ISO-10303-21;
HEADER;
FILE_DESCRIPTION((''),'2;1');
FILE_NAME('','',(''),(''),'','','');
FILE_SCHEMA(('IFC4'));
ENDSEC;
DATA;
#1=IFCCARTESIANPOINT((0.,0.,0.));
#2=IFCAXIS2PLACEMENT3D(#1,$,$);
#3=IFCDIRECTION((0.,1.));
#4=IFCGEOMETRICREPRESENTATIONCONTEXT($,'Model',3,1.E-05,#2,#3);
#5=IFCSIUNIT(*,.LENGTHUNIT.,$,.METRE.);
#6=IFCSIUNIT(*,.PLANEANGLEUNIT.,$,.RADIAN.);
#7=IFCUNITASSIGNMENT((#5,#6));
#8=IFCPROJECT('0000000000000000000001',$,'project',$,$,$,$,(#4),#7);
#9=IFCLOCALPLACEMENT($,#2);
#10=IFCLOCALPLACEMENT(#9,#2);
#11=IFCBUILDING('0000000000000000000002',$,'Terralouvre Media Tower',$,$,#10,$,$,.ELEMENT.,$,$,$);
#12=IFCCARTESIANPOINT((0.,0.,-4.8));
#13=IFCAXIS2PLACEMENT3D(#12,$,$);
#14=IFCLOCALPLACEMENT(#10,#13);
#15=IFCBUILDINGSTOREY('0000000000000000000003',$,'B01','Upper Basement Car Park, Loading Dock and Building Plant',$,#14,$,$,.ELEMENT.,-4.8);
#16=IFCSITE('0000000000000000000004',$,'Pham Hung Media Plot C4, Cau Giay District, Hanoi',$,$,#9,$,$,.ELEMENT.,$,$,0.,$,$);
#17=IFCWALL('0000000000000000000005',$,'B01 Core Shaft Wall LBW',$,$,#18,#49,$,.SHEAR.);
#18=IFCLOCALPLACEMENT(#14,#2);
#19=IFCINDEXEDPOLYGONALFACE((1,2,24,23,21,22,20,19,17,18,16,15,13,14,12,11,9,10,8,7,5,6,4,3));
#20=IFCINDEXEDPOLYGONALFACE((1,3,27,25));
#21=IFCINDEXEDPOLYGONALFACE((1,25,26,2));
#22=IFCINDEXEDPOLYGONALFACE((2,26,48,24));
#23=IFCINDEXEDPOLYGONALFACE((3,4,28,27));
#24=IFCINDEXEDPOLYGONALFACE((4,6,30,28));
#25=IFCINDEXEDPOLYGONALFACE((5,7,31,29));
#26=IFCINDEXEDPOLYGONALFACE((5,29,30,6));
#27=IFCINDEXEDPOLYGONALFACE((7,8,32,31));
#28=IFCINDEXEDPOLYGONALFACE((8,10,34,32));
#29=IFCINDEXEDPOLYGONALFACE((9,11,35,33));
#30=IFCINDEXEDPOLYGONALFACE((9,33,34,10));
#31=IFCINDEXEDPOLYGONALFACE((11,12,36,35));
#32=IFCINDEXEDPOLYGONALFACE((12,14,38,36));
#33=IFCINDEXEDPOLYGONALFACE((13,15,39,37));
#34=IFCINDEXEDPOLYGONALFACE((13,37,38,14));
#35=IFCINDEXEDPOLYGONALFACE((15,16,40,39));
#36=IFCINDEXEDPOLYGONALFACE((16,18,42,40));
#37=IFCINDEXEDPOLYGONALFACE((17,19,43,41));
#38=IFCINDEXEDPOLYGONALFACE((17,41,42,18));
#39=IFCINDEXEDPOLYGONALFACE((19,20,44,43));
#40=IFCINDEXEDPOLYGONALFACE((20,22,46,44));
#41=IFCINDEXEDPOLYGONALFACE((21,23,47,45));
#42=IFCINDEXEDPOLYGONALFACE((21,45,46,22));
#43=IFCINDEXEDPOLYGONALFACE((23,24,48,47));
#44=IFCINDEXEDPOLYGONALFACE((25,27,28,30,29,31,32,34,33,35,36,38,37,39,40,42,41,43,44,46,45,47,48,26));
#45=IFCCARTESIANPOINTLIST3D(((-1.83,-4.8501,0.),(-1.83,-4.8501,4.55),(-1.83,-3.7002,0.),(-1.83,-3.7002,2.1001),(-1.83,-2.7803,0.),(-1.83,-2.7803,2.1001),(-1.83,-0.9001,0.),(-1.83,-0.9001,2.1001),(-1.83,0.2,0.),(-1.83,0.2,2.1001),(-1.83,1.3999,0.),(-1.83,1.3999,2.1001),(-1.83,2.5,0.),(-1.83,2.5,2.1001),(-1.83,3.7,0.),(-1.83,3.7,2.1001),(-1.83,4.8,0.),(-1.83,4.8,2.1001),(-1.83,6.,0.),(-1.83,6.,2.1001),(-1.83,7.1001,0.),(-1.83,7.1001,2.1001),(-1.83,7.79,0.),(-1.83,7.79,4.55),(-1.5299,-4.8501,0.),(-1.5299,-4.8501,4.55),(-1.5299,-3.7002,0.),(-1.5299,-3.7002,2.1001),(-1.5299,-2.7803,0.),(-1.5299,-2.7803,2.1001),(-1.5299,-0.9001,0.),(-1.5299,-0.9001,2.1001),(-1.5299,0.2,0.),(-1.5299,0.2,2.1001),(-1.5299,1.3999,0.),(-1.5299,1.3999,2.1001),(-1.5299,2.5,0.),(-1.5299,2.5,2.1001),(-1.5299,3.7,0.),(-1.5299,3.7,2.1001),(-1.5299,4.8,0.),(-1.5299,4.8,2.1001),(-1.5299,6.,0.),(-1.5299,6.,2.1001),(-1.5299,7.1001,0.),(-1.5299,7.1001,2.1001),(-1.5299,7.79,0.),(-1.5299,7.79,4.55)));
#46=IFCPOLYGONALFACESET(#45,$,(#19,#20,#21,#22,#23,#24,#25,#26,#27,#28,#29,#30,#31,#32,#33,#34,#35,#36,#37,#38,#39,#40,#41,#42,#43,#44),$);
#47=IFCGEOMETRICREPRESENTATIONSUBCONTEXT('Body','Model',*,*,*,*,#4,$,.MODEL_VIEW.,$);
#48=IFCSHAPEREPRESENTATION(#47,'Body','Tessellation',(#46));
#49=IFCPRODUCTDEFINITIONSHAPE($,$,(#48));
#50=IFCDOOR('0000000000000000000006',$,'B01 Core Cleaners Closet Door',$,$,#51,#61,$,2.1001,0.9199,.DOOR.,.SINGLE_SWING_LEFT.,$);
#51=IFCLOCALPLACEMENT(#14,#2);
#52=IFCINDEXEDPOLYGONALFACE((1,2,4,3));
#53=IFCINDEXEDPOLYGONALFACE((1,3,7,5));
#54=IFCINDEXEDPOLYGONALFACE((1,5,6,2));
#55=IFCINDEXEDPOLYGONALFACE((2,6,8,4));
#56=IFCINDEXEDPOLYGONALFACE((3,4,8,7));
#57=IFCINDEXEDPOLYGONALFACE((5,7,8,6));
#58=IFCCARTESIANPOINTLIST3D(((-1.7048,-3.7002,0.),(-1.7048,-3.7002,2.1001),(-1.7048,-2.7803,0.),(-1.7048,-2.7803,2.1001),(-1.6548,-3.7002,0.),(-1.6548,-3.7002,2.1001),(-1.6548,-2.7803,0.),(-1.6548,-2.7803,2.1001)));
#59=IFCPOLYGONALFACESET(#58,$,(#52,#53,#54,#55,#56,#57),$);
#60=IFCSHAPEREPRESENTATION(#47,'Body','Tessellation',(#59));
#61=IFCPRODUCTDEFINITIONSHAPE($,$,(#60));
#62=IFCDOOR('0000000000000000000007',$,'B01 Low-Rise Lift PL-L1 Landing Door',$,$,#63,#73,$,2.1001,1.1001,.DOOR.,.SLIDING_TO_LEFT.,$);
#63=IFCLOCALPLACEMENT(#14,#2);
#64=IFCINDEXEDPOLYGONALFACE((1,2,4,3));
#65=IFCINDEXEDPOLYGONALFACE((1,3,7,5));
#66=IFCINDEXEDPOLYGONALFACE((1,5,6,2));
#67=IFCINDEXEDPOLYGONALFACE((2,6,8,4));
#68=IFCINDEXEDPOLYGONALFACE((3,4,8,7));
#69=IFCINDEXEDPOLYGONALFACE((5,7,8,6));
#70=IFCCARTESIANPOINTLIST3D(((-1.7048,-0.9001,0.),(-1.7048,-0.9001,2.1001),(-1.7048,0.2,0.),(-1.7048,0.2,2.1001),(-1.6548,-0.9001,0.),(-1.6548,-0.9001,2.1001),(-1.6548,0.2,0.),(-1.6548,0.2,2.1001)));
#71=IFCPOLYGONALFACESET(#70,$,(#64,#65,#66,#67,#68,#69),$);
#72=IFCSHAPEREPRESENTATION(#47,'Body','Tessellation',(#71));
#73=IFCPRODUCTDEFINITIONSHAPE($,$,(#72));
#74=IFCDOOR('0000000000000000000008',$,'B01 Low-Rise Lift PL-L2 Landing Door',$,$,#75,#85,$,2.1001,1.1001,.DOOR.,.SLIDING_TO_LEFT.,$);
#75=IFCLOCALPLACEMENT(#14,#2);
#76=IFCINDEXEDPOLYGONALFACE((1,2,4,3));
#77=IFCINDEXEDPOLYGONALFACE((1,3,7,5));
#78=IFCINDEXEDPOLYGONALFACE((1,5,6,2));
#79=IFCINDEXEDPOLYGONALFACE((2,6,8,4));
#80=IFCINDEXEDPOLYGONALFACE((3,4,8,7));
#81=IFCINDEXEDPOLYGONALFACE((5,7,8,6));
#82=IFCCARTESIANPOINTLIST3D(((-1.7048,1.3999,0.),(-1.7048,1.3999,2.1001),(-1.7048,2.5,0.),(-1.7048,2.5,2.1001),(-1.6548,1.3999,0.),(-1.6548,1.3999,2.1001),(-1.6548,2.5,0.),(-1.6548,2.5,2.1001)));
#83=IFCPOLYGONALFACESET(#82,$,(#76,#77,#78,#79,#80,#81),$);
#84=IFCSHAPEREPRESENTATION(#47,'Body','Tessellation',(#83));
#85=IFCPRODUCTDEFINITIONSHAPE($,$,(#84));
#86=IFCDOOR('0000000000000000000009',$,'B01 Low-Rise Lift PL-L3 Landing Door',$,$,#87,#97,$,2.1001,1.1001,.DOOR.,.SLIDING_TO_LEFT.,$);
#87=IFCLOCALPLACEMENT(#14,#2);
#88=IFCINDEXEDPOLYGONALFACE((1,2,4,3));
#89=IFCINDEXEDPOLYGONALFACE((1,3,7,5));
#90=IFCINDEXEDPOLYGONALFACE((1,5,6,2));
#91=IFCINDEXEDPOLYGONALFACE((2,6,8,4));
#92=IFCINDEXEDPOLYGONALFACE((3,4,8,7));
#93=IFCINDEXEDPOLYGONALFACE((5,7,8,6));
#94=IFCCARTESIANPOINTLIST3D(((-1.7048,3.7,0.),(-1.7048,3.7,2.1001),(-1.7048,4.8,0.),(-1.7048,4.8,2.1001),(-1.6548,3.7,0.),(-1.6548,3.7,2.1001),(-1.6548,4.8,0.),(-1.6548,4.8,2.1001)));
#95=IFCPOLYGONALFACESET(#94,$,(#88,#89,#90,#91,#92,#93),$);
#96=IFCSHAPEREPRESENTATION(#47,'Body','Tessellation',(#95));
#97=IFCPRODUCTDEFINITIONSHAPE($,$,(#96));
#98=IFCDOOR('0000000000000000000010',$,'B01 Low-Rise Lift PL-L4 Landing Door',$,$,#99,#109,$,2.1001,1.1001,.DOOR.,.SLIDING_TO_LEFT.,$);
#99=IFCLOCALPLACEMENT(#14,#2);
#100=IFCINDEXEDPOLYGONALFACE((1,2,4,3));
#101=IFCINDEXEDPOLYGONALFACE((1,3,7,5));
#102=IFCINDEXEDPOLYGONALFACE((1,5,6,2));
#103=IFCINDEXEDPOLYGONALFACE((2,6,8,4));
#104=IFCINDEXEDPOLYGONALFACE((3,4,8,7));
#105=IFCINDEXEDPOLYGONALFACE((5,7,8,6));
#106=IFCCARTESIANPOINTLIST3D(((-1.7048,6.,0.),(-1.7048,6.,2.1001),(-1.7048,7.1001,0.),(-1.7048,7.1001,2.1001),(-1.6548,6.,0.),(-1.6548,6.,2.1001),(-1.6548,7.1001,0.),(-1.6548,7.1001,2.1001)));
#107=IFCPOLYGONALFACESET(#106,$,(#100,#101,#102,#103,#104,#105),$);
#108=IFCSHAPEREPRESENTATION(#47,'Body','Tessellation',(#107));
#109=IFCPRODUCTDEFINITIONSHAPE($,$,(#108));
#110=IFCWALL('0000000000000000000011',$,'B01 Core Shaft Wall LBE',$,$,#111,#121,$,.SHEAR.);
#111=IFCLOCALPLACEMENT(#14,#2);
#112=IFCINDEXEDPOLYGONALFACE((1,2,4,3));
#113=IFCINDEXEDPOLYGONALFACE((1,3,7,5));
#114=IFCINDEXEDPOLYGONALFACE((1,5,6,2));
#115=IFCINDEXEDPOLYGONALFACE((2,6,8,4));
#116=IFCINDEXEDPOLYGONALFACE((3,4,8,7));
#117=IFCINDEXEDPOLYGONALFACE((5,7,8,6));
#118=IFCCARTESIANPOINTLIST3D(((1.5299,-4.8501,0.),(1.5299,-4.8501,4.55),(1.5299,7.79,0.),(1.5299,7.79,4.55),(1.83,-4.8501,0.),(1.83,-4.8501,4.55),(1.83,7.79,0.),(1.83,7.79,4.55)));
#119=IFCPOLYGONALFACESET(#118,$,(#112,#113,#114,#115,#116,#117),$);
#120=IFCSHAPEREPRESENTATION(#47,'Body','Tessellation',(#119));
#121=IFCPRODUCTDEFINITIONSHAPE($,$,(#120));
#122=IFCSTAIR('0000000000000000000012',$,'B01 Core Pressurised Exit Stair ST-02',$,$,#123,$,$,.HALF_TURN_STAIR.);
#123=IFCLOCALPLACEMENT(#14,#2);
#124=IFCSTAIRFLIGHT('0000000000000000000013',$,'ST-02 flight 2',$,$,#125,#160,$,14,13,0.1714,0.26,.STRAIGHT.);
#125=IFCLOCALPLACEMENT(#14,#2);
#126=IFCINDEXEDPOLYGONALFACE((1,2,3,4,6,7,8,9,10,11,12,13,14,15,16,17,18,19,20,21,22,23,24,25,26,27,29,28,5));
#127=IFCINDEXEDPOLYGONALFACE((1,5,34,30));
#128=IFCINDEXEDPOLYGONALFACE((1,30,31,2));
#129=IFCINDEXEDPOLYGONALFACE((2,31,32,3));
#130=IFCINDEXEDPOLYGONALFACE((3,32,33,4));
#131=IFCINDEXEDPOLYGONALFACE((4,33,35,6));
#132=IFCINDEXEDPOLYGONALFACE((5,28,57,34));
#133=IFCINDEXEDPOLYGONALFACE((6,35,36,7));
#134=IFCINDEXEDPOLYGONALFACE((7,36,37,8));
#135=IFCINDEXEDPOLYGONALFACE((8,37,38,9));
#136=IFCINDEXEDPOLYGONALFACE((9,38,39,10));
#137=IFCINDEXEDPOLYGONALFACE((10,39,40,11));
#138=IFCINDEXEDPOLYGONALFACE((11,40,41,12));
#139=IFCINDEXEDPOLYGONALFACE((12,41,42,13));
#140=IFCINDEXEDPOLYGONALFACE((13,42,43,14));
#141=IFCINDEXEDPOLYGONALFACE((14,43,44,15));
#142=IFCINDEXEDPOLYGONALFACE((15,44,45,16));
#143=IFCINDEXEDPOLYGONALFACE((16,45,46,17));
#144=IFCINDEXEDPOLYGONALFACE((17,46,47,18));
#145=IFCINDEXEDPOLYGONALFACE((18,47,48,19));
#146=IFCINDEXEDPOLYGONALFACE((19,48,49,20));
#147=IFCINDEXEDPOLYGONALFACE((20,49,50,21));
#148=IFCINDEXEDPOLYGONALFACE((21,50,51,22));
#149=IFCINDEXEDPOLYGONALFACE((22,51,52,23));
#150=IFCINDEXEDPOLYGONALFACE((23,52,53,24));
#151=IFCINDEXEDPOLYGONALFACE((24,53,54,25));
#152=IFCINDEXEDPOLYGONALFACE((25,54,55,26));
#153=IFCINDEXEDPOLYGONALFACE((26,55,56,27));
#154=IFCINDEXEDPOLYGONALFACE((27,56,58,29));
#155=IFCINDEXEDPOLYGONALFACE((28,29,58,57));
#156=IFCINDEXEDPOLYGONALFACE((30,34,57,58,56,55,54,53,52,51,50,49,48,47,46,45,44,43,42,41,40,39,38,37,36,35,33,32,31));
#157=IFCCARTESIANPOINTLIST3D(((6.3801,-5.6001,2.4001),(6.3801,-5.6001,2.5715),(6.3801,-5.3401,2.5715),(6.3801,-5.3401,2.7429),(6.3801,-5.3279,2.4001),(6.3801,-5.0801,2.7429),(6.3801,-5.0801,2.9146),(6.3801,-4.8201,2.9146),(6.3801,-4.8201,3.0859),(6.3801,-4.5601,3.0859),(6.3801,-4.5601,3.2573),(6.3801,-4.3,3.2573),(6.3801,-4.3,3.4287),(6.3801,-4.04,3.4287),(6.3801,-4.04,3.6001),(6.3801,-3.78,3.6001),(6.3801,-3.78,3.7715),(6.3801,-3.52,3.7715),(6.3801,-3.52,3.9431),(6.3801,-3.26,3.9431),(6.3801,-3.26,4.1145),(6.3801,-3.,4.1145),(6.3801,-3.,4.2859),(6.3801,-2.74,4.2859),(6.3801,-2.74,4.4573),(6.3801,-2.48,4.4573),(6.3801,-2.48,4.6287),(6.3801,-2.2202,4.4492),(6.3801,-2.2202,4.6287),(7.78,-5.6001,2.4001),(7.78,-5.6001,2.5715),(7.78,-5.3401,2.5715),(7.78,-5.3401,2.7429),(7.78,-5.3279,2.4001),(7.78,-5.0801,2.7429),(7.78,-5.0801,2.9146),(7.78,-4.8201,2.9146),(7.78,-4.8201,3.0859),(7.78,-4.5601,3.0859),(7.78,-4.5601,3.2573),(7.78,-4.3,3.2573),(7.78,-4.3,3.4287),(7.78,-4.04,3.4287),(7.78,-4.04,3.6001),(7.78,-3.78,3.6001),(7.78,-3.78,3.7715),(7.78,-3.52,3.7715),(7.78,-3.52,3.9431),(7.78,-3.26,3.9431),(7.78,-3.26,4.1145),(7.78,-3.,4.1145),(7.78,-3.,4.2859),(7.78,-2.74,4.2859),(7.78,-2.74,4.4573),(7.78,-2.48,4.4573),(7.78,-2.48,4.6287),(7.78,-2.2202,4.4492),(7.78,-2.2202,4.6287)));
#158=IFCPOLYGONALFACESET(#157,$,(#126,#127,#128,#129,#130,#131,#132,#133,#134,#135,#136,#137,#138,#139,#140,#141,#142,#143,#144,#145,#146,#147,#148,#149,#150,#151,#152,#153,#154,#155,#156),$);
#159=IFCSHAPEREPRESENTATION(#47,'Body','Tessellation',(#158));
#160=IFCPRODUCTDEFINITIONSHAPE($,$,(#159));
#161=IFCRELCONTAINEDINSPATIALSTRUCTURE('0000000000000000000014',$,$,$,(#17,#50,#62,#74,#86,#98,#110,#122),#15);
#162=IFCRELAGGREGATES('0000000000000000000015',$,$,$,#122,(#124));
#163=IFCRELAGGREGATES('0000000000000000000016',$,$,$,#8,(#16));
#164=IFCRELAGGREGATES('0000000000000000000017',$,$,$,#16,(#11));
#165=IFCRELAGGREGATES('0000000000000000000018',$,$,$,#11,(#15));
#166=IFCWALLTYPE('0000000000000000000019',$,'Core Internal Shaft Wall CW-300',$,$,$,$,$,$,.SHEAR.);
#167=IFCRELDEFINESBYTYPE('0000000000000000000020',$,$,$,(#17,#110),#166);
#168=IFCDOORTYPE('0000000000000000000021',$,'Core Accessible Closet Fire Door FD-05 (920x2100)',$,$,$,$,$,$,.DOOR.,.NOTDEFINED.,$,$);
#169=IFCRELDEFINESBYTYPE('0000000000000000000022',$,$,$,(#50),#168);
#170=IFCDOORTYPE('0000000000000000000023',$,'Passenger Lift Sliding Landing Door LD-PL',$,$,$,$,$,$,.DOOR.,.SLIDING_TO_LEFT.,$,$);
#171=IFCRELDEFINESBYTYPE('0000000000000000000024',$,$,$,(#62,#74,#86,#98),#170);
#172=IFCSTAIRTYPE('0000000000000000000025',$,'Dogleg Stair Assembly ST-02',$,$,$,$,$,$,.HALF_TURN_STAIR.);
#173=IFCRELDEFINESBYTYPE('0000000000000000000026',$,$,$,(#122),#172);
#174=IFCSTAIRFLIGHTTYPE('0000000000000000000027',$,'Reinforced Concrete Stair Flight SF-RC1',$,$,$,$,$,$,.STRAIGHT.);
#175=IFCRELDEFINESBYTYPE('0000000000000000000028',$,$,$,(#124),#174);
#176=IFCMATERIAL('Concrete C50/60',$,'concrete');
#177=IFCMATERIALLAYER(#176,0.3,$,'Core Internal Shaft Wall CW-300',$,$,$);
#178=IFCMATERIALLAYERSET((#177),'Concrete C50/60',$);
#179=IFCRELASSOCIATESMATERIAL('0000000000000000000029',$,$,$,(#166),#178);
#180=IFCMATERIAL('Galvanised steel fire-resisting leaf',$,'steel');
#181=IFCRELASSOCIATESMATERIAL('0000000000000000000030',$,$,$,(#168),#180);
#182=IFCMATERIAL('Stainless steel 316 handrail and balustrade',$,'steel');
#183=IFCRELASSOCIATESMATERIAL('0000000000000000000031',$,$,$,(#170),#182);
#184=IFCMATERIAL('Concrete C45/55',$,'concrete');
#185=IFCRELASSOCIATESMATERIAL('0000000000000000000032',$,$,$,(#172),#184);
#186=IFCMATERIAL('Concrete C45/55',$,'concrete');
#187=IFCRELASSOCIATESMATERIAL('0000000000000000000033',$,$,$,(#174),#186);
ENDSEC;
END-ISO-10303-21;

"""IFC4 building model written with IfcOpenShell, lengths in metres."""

from ifc_helpers import new_model, si_unit, direction, frame, frame_2d, origin, place, context, subcontext, project, spatial, polyline, rectangle, outline, extrude, material, layer, layer_set, type_object, element, fill, aggregate, save


model = new_model("IFC4")

# Units and contexts
model_context = context("Model", 3, precision=1e-05, world=origin(), true_north=direction((0.0, 1.0)))
body_context = subcontext(model_context, "Body", "Model", "MODEL_VIEW")
ifc_project = project(units=[si_unit("LENGTHUNIT", "METRE"), si_unit("PLANEANGLEUNIT", "RADIAN")], contexts=[model_context])

# Site, building, storey
site_placement = place(None, origin())
site = spatial("IfcSite", under=ifc_project, at=site_placement, Name="Pham Hung Media Plot C4, Cau Giay District, Hanoi", CompositionType="ELEMENT", RefElevation=0.0)
building_placement = place(site_placement, origin())
building = spatial("IfcBuilding", under=site, at=building_placement, Name="Terralouvre Media Tower", CompositionType="ELEMENT")
storey_placement = place(building_placement, frame((0.0, 0.0, -4.8)))
storey = spatial("IfcBuildingStorey", under=building, at=storey_placement, Name="B01", Description="Upper Basement Car Park, Loading Dock and Building Plant", CompositionType="ELEMENT", Elevation=-4.8)

# Shared definitions
ifc_material_1 = material(Name="Concrete C50/60", Category="concrete")
ifc_layer_1 = layer(ifc_material_1, 0.3, Name="Core Internal Shaft Wall CW-300")
ifc_layer_set_1 = layer_set([ifc_layer_1], Name="Concrete C50/60")
wall_type = type_object("IfcWallType", Name="Core Internal Shaft Wall CW-300", PredefinedType="SHEAR", material=ifc_layer_set_1)

# Wall, openings, doors
wall_1_placement = place(storey_placement, frame((-1.6799, -4.8501, 0.0), z_axis=(0.0, 0.0, 1.0), x_axis=(0.0, 1.0, 0.0)))
wall_1 = element("IfcWall", 1, at=wall_1_placement, inside=storey, type_object=wall_type, Name="B01 Core Shaft Wall LBW", PredefinedType="SHEAR", context=body_context, shape_type="SweptSolid", body=[
    extrude(rectangle(XDim=12.6401, YDim=0.3, at=frame_2d((6.3201, 0.0))), origin(), (0.0, 0.0, 1.0), 4.55),
])
opening_1_placement = place(wall_1_placement, frame((3.95, 0.0, 0.0)))
opening_1 = element("IfcOpeningElement", 2, at=opening_1_placement, cuts=wall_1, PredefinedType="OPENING", context=body_context, shape_type="SweptSolid", body=[
    extrude(rectangle(XDim=1.1001, YDim=2.1001, at=frame_2d((0.55, 1.05))), frame((0.0, 0.1599, 0.0), z_axis=(0.0, -1.0, 0.0), x_axis=(1.0, 0.0, 0.0)), (0.0, 0.0, 1.0), 0.3201),
])
opening_2_placement = place(wall_1_placement, frame((6.25, 0.0, 0.0)))
opening_2 = element("IfcOpeningElement", 3, at=opening_2_placement, cuts=wall_1, PredefinedType="OPENING", context=body_context, shape_type="SweptSolid", body=[
    extrude(rectangle(XDim=1.1001, YDim=2.1001, at=frame_2d((0.55, 1.05))), frame((0.0, 0.1599, 0.0), z_axis=(0.0, -1.0, 0.0), x_axis=(1.0, 0.0, 0.0)), (0.0, 0.0, 1.0), 0.3201),
])
opening_3_placement = place(wall_1_placement, frame((8.55, 0.0, 0.0)))
opening_3 = element("IfcOpeningElement", 4, at=opening_3_placement, cuts=wall_1, PredefinedType="OPENING", context=body_context, shape_type="SweptSolid", body=[
    extrude(rectangle(XDim=1.1001, YDim=2.1001, at=frame_2d((0.55, 1.05))), frame((0.0, 0.1599, 0.0), z_axis=(0.0, -1.0, 0.0), x_axis=(1.0, 0.0, 0.0)), (0.0, 0.0, 1.0), 0.3201),
])
opening_4_placement = place(wall_1_placement, frame((10.8501, 0.0, 0.0)))
opening_4 = element("IfcOpeningElement", 5, at=opening_4_placement, cuts=wall_1, PredefinedType="OPENING", context=body_context, shape_type="SweptSolid", body=[
    extrude(rectangle(XDim=1.1001, YDim=2.1001, at=frame_2d((0.55, 1.05))), frame((0.0, 0.1599, 0.0), z_axis=(0.0, -1.0, 0.0), x_axis=(1.0, 0.0, 0.0)), (0.0, 0.0, 1.0), 0.3201),
])
opening_5_placement = place(wall_1_placement, frame((1.1499, 0.0, 0.0)))
opening_5 = element("IfcOpeningElement", 6, at=opening_5_placement, cuts=wall_1, PredefinedType="OPENING", context=body_context, shape_type="SweptSolid", body=[
    extrude(rectangle(XDim=0.9199, YDim=2.1001, at=frame_2d((0.46, 1.05))), frame((0.0, 0.1599, 0.0), z_axis=(0.0, -1.0, 0.0), x_axis=(1.0, 0.0, 0.0)), (0.0, 0.0, 1.0), 0.3201),
])
ifc_material_2 = material(Name="Galvanised steel fire-resisting leaf", Category="steel")
door_type_1 = type_object("IfcDoorType", Name="Core Accessible Closet Fire Door FD-05 (920x2100)", OperationType="NOTDEFINED", PredefinedType="DOOR", material=ifc_material_2)
door_1_placement = place(opening_5_placement, origin())
door_1 = element("IfcDoor", 7, at=door_1_placement, inside=storey, type_object=door_type_1, Name="B01 Core Cleaners Closet Door", OperationType="SINGLE_SWING_LEFT", OverallHeight=2.1001, OverallWidth=0.9199, PredefinedType="DOOR", context=body_context, shape_type="SweptSolid", body=[
    extrude(rectangle(XDim=0.9199, YDim=2.1001, at=frame_2d((0.46, 1.05))), frame((0.0, 0.0249, 0.0), z_axis=(0.0, -1.0, 0.0), x_axis=(1.0, 0.0, 0.0)), (0.0, 0.0, 1.0), 0.05),
])
fill(opening_5, door_1)
ifc_material_3 = material(Name="Stainless steel 316 handrail and balustrade", Category="steel")
door_type_2 = type_object("IfcDoorType", Name="Passenger Lift Sliding Landing Door LD-PL", OperationType="SLIDING_TO_LEFT", PredefinedType="DOOR", material=ifc_material_3)
door_2_placement = place(opening_1_placement, origin())
door_2 = element("IfcDoor", 8, at=door_2_placement, inside=storey, type_object=door_type_2, Name="B01 Low-Rise Lift PL-L1 Landing Door", OperationType="SLIDING_TO_LEFT", OverallHeight=2.1001, OverallWidth=1.1001, PredefinedType="DOOR", context=body_context, shape_type="SweptSolid", body=[
    extrude(rectangle(XDim=1.1001, YDim=2.1001, at=frame_2d((0.55, 1.05))), frame((0.0, 0.0249, 0.0), z_axis=(0.0, -1.0, 0.0), x_axis=(1.0, 0.0, 0.0)), (0.0, 0.0, 1.0), 0.05),
])
fill(opening_1, door_2)
door_3_placement = place(opening_2_placement, origin())
door_3 = element("IfcDoor", 9, at=door_3_placement, inside=storey, type_object=door_type_2, Name="B01 Low-Rise Lift PL-L2 Landing Door", OperationType="SLIDING_TO_LEFT", OverallHeight=2.1001, OverallWidth=1.1001, PredefinedType="DOOR", context=body_context, shape_type="SweptSolid", body=[
    extrude(rectangle(XDim=1.1001, YDim=2.1001, at=frame_2d((0.55, 1.05))), frame((0.0, 0.0249, 0.0), z_axis=(0.0, -1.0, 0.0), x_axis=(1.0, 0.0, 0.0)), (0.0, 0.0, 1.0), 0.05),
])
fill(opening_2, door_3)
door_4_placement = place(opening_3_placement, origin())
door_4 = element("IfcDoor", 10, at=door_4_placement, inside=storey, type_object=door_type_2, Name="B01 Low-Rise Lift PL-L3 Landing Door", OperationType="SLIDING_TO_LEFT", OverallHeight=2.1001, OverallWidth=1.1001, PredefinedType="DOOR", context=body_context, shape_type="SweptSolid", body=[
    extrude(rectangle(XDim=1.1001, YDim=2.1001, at=frame_2d((0.55, 1.05))), frame((0.0, 0.0249, 0.0), z_axis=(0.0, -1.0, 0.0), x_axis=(1.0, 0.0, 0.0)), (0.0, 0.0, 1.0), 0.05),
])
fill(opening_3, door_4)
door_5_placement = place(opening_4_placement, origin())
door_5 = element("IfcDoor", 11, at=door_5_placement, inside=storey, type_object=door_type_2, Name="B01 Low-Rise Lift PL-L4 Landing Door", OperationType="SLIDING_TO_LEFT", OverallHeight=2.1001, OverallWidth=1.1001, PredefinedType="DOOR", context=body_context, shape_type="SweptSolid", body=[
    extrude(rectangle(XDim=1.1001, YDim=2.1001, at=frame_2d((0.55, 1.05))), frame((0.0, 0.0249, 0.0), z_axis=(0.0, -1.0, 0.0), x_axis=(1.0, 0.0, 0.0)), (0.0, 0.0, 1.0), 0.05),
])
fill(opening_4, door_5)

# Wall
wall_2_placement = place(storey_placement, frame((1.6799, -4.8501, 0.0), z_axis=(0.0, 0.0, 1.0), x_axis=(0.0, 1.0, 0.0)))
element("IfcWall", 12, at=wall_2_placement, inside=storey, type_object=wall_type, Name="B01 Core Shaft Wall LBE", PredefinedType="SHEAR", context=body_context, shape_type="SweptSolid", body=[
    extrude(rectangle(XDim=12.6401, YDim=0.3, at=frame_2d((6.3201, 0.0))), origin(), (0.0, 0.0, 1.0), 4.55),
])

# Stair, stair flight
ifc_material_4 = material(Name="Concrete C45/55", Category="concrete")
stair_type = type_object("IfcStairType", Name="Dogleg Stair Assembly ST-02", PredefinedType="HALF_TURN_STAIR", material=ifc_material_4)
stair_placement = place(storey_placement, origin())
stair = element("IfcStair", 13, at=stair_placement, inside=storey, type_object=stair_type, Name="B01 Core Pressurised Exit Stair ST-02", PredefinedType="HALF_TURN_STAIR")
ifc_material_5 = material(Name="Concrete C45/55", Category="concrete")
stair_flight_type = type_object("IfcStairFlightType", Name="Reinforced Concrete Stair Flight SF-RC1", PredefinedType="STRAIGHT", material=ifc_material_5)
stair_flight_placement = place(storey_placement, frame((7.0801, -5.6001, 2.4001), z_axis=(0.0, 0.0, 1.0), x_axis=(0.0, 1.0, 0.0)))
stair_flight = element("IfcStairFlight", 14, at=stair_flight_placement, type_object=stair_flight_type, Name="ST-02 flight 2", NumberOfRisers=14, NumberOfTreads=13, PredefinedType="STRAIGHT", RiserHeight=0.1714, TreadLength=0.26, context=body_context, shape_type="SweptSolid", body=[
    extrude(outline(polyline([(0.0, 0.0), (0.0, 0.1714), (0.26, 0.1714), (0.26, 0.3428), (0.52, 0.3428), (0.52, 0.5144), (0.78, 0.5144), (0.78, 0.6858), (1.04, 0.6858), (1.04, 0.8572), (1.3, 0.8572), (1.3, 1.0286), (1.5601, 1.0286), (1.5601, 1.2), (1.8201, 1.2), (1.8201, 1.3713), (2.0801, 1.3713), (2.0801, 1.543), (2.3401, 1.543), (2.3401, 1.7144), (2.6001, 1.7144), (2.6001, 1.8857), (2.8601, 1.8857), (2.8601, 2.0571), (3.1201, 2.0571), (3.1201, 2.2285), (3.3799, 2.2285), (3.3799, 2.3999), (3.3799, 2.0491), (0.2722, 0.0), (0.0, 0.0)])), frame((0.0, 0.7, 0.0), z_axis=(0.0, -1.0, 0.0), x_axis=(1.0, 0.0, 0.0)), (0.0, 0.0, 1.0), 1.3999),
])
aggregate(stair, [stair_flight])

save(model, "model.ifc")
